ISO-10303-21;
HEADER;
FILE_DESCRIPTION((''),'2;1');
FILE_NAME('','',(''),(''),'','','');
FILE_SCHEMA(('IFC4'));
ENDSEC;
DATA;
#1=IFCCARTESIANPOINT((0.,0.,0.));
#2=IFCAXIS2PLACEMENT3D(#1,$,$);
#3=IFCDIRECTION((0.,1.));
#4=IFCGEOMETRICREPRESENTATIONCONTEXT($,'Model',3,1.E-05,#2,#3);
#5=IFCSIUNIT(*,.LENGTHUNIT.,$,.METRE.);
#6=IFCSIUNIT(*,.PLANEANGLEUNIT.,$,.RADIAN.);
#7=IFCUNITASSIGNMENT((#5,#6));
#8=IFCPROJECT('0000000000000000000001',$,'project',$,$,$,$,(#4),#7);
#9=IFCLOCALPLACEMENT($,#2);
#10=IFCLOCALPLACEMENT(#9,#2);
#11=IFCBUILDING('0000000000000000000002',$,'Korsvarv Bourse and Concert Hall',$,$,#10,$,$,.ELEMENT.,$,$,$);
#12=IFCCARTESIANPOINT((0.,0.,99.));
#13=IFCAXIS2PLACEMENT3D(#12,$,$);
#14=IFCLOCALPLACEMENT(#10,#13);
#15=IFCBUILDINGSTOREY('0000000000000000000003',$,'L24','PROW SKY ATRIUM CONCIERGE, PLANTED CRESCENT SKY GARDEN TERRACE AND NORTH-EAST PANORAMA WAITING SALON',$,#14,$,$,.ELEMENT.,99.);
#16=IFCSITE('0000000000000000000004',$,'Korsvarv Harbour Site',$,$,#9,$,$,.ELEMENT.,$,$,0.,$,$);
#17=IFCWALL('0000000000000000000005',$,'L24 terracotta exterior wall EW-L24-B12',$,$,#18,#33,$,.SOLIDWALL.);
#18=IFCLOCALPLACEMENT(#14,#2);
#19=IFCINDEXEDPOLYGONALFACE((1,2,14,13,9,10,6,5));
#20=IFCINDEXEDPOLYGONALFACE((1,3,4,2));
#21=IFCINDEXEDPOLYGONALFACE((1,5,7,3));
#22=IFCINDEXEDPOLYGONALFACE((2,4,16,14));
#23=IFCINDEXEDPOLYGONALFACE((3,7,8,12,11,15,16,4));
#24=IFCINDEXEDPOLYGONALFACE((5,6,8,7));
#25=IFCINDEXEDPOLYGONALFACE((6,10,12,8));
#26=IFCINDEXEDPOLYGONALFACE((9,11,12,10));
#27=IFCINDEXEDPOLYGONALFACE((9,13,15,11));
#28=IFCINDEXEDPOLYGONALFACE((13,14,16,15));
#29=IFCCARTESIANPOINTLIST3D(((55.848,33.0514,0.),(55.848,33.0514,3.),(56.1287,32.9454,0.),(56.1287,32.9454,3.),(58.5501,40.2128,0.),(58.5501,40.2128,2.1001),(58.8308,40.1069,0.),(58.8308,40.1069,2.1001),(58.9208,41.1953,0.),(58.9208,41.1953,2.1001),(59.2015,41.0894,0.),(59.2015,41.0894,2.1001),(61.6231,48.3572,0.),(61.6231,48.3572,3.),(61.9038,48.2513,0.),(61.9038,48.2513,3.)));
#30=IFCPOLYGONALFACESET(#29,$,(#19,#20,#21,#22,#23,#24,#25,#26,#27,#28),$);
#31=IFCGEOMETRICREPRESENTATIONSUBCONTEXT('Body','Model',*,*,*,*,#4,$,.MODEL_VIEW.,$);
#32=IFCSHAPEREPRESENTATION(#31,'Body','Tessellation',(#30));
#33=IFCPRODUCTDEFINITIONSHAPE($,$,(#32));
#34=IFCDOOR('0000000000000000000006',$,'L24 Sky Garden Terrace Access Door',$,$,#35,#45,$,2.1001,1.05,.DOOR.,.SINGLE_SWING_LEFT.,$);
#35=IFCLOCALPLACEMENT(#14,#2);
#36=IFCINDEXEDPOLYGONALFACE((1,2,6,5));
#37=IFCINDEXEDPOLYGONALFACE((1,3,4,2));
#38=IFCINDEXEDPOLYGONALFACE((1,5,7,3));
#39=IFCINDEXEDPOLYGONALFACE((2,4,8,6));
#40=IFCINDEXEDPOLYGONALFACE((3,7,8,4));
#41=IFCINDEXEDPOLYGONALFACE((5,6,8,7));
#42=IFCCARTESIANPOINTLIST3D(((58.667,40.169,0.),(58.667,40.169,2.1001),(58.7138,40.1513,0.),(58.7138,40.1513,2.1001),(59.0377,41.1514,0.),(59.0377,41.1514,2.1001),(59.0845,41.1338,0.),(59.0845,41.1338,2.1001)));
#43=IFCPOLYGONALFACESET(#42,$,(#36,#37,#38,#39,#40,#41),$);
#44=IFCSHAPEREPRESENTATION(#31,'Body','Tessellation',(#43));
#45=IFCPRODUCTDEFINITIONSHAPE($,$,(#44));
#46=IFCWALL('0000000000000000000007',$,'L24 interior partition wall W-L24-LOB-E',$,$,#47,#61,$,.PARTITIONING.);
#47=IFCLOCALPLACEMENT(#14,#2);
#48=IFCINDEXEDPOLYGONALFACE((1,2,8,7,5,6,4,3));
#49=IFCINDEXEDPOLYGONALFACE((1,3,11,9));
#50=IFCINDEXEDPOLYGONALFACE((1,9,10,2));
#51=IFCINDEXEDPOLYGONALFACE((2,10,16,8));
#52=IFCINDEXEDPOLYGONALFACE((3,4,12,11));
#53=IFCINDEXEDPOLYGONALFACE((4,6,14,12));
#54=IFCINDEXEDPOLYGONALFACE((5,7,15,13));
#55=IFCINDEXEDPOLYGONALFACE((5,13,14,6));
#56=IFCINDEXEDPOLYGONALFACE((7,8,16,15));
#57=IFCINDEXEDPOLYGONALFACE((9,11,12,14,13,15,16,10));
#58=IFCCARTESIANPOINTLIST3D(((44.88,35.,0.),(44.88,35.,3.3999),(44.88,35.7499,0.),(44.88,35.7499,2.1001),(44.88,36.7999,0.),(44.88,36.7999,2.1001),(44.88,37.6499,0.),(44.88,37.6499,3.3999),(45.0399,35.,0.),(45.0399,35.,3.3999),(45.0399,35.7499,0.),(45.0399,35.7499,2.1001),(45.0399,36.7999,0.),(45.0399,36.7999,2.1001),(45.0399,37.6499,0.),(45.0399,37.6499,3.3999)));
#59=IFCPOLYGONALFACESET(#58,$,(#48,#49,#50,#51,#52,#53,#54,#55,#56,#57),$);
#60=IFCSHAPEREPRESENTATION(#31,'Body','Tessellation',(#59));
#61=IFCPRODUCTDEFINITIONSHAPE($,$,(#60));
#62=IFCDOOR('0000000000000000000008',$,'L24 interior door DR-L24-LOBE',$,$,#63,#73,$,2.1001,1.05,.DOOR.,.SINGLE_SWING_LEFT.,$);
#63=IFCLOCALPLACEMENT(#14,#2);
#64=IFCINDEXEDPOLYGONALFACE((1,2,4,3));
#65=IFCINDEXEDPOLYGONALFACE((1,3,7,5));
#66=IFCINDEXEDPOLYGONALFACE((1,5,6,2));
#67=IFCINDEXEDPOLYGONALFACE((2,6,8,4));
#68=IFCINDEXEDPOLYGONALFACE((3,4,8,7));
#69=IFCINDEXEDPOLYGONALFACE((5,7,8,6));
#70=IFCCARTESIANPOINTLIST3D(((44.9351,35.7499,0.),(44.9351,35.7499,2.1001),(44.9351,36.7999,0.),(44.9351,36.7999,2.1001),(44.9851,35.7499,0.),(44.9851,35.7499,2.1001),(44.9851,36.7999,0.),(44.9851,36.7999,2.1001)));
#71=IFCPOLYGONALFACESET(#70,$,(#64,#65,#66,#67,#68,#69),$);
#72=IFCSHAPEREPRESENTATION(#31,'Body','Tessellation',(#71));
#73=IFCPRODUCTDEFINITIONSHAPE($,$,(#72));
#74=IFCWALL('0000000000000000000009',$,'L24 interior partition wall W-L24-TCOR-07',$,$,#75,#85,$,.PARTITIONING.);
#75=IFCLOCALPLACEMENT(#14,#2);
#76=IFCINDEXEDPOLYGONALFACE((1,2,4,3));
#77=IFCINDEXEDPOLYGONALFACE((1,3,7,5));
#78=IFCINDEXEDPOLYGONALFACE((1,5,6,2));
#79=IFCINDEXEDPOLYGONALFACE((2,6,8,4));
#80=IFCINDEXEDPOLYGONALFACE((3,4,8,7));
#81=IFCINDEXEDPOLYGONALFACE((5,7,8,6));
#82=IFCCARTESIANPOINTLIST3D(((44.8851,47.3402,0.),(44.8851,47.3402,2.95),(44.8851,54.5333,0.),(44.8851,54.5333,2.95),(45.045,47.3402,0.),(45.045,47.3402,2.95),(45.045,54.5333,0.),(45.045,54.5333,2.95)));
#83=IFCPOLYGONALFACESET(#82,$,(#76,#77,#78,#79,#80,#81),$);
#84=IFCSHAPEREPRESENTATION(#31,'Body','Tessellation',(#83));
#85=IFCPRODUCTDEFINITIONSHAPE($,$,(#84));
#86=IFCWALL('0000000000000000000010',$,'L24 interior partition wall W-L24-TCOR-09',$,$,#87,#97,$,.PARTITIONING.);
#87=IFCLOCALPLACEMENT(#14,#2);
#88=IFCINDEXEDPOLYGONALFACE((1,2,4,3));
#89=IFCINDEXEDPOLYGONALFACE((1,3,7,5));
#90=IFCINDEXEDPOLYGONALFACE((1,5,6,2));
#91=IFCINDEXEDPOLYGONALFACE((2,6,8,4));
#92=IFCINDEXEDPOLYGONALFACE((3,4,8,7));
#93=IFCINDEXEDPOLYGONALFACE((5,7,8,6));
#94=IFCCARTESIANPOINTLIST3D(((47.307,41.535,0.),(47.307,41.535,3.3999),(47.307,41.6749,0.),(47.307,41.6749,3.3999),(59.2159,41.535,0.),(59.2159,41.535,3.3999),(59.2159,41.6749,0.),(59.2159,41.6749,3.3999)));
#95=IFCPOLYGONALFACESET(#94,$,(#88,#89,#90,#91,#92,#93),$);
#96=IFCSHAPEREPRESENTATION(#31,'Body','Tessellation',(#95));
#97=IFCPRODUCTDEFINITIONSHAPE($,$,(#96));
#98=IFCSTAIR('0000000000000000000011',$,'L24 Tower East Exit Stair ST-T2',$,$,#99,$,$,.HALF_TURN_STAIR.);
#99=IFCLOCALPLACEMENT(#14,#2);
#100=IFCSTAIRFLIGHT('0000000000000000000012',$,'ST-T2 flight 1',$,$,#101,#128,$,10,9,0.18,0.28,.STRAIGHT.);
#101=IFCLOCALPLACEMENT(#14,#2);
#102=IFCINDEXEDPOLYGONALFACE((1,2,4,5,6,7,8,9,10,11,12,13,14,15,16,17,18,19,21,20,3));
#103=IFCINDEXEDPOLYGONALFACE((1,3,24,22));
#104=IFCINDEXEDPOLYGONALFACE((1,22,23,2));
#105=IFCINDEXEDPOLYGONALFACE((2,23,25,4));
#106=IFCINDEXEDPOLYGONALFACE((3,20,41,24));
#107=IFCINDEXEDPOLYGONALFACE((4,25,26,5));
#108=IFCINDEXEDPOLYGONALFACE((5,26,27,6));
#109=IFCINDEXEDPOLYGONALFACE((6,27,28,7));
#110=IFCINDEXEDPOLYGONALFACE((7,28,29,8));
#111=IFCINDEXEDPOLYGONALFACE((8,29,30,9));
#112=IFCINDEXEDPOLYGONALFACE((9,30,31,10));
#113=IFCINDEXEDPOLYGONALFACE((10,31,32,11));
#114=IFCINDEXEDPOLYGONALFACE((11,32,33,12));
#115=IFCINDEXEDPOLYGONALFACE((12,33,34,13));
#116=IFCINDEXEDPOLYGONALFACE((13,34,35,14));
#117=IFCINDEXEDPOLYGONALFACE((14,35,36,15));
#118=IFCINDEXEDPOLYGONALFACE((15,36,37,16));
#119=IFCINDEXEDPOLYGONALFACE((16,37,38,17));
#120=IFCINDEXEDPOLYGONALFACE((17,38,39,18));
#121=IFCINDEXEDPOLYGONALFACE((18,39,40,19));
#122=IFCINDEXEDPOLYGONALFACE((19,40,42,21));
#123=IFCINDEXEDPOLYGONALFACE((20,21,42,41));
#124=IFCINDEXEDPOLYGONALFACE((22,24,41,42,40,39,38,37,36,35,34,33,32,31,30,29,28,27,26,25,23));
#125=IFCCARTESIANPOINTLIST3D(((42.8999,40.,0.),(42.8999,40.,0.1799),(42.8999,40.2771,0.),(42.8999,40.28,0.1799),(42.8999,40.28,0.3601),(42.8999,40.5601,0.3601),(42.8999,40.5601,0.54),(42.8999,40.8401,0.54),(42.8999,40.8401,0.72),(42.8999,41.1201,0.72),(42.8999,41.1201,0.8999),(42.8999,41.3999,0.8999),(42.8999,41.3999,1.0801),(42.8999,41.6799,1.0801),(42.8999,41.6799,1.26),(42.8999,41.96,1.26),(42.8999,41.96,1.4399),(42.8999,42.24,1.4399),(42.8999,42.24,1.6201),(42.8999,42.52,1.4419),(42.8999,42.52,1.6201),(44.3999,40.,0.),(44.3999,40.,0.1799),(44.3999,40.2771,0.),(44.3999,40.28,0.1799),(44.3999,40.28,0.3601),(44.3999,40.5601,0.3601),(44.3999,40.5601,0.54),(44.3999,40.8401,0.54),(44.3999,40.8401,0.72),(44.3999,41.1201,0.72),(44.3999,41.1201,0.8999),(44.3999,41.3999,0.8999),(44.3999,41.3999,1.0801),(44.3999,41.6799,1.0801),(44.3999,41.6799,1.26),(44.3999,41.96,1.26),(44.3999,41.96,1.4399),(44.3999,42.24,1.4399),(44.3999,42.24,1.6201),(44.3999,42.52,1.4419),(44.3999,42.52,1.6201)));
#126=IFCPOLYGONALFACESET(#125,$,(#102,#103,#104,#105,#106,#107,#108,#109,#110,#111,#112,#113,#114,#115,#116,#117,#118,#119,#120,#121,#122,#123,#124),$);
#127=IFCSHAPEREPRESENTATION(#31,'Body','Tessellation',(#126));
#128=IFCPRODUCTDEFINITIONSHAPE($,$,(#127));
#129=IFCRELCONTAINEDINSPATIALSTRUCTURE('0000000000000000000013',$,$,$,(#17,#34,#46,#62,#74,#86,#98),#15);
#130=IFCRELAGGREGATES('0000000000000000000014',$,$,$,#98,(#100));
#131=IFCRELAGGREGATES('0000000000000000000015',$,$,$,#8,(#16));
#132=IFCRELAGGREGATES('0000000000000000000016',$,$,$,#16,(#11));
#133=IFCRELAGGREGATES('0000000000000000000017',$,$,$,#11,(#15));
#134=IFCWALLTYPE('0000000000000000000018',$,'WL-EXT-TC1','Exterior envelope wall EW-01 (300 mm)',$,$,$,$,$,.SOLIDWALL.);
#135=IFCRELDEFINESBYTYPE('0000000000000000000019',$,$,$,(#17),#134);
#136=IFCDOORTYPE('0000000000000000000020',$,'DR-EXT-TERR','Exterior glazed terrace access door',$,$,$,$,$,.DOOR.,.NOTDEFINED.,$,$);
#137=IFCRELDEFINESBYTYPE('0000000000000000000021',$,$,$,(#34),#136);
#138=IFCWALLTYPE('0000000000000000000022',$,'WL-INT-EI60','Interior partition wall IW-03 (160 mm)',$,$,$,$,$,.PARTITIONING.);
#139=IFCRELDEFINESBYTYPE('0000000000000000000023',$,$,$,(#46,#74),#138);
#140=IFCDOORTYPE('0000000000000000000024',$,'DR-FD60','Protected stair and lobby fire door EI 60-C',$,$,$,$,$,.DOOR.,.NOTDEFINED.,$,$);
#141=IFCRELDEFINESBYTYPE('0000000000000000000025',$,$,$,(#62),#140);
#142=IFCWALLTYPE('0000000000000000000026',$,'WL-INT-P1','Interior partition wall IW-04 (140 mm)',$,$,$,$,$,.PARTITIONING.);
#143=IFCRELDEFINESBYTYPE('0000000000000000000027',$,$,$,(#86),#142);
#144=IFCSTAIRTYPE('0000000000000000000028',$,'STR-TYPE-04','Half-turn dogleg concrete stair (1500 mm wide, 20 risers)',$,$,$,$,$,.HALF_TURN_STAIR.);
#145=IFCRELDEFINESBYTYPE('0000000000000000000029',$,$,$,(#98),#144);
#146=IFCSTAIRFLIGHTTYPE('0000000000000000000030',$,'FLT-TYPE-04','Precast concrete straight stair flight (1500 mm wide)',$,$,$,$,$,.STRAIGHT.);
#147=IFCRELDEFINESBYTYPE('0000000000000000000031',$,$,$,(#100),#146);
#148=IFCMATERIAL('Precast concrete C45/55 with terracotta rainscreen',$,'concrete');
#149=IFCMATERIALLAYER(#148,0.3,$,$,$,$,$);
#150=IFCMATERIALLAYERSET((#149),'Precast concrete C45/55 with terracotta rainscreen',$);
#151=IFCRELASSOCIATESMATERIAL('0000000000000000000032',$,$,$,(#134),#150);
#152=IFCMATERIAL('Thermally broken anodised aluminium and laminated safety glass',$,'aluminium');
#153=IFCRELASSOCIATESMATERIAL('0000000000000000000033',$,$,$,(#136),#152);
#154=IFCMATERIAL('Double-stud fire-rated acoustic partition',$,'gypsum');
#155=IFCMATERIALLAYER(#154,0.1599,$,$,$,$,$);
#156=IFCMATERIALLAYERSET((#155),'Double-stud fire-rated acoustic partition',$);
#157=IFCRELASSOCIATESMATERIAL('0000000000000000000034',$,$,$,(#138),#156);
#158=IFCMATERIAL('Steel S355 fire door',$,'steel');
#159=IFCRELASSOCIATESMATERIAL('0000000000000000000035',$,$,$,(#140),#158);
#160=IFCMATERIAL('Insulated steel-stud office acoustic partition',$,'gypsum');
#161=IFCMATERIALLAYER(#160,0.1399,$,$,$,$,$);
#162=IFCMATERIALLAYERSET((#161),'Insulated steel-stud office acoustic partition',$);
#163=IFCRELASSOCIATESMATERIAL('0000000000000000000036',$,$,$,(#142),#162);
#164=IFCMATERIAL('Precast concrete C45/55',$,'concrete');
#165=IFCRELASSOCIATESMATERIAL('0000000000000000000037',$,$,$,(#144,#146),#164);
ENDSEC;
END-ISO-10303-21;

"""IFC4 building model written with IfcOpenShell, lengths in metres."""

from ifc_helpers import new_model, si_unit, direction, frame, frame_2d, origin, place, context, subcontext, project, spatial, polyline, rectangle, outline, extrude, material, layer, layer_set, type_object, element, fill, aggregate, save


model = new_model("IFC4")

# Units and contexts
model_context = context("Model", 3, precision=1e-05, world=origin(), true_north=direction((0.0, 1.0)))
body_context = subcontext(model_context, "Body", "Model", "MODEL_VIEW")
ifc_project = project(units=[si_unit("LENGTHUNIT", "METRE"), si_unit("PLANEANGLEUNIT", "RADIAN")], contexts=[model_context])

# Site, building, storey
site_placement = place(None, origin())
site = spatial("IfcSite", under=ifc_project, at=site_placement, Name="Korsvarv Harbour Site", CompositionType="ELEMENT", RefElevation=0.0)
building_placement = place(site_placement, origin())
building = spatial("IfcBuilding", under=site, at=building_placement, Name="Korsvarv Bourse and Concert Hall", CompositionType="ELEMENT")
storey_placement = place(building_placement, frame((0.0, 0.0, 99.0)))
storey = spatial("IfcBuildingStorey", under=building, at=storey_placement, Name="L24", Description="PROW SKY ATRIUM CONCIERGE, PLANTED CRESCENT SKY GARDEN TERRACE AND NORTH-EAST PANORAMA WAITING SALON", CompositionType="ELEMENT", Elevation=99.0)

# Walls, openings, doors
ifc_material_1 = material(Name="Precast concrete C45/55 with terracotta rainscreen", Category="concrete")
ifc_layer_1 = layer(ifc_material_1, 0.3)
ifc_layer_set_1 = layer_set([ifc_layer_1], Name="Precast concrete C45/55 with terracotta rainscreen")
wall_type_1 = type_object("IfcWallType", Name="WL-EXT-TC1", Description="Exterior envelope wall EW-01 (300 mm)", PredefinedType="SOLIDWALL", material=ifc_layer_set_1)
wall_1_placement = place(storey_placement, frame((55.9883, 32.9983, 0.0), z_axis=(0.0, 0.0, 1.0), x_axis=(0.353022, 0.935615, 0.0)))
wall_1 = element("IfcWall", 1, at=wall_1_placement, inside=storey, type_object=wall_type_1, Name="L24 terracotta exterior wall EW-L24-B12", PredefinedType="SOLIDWALL", context=body_context, shape_type="SweptSolid", body=[
    extrude(rectangle(XDim=16.3591, YDim=0.3, at=frame_2d((8.1797, 0.0))), origin(), (0.0, 0.0, 1.0), 3.0),
])
opening_1_placement = place(wall_1_placement, frame((7.6545, 0.0, 0.0)))
opening_1 = element("IfcOpeningElement", 2, at=opening_1_placement, cuts=wall_1, PredefinedType="OPENING", context=body_context, shape_type="SweptSolid", body=[
    extrude(rectangle(XDim=1.05, YDim=2.1001, at=frame_2d((0.5249, 1.05))), frame((0.0, 0.1602, 0.0), z_axis=(0.0, -1.0, 0.0), x_axis=(1.0, 0.0, 0.0)), (0.0, 0.0, 1.0), 0.3201),
])
ifc_material_2 = material(Name="Thermally broken anodised aluminium and laminated safety glass", Category="aluminium")
door_type_1 = type_object("IfcDoorType", Name="DR-EXT-TERR", Description="Exterior glazed terrace access door", OperationType="NOTDEFINED", PredefinedType="DOOR", material=ifc_material_2)
door_1_placement = place(opening_1_placement, frame((1.05, 0.0, 0.0), z_axis=(0.0, 0.0, 1.0), x_axis=(-1.0, 0.0, 0.0)))
door_1 = element("IfcDoor", 3, at=door_1_placement, inside=storey, type_object=door_type_1, Name="L24 Sky Garden Terrace Access Door", OperationType="SINGLE_SWING_LEFT", OverallHeight=2.1001, OverallWidth=1.05, PredefinedType="DOOR", context=body_context, shape_type="SweptSolid", body=[
    extrude(rectangle(XDim=1.05, YDim=2.1001, at=frame_2d((0.5249, 1.05))), frame((0.0, 0.0249, 0.0), z_axis=(0.0, -1.0, 0.0), x_axis=(1.0, 0.0, 0.0)), (0.0, 0.0, 1.0), 0.05),
])
fill(opening_1, door_1)
ifc_material_3 = material(Name="Double-stud fire-rated acoustic partition", Category="gypsum")
ifc_layer_2 = layer(ifc_material_3, 0.1599)
ifc_layer_set_2 = layer_set([ifc_layer_2], Name="Double-stud fire-rated acoustic partition")
wall_type_2 = type_object("IfcWallType", Name="WL-INT-EI60", Description="Interior partition wall IW-03 (160 mm)", PredefinedType="PARTITIONING", material=ifc_layer_set_2)
wall_2_placement = place(storey_placement, frame((44.96, 35.0, 0.0), z_axis=(0.0, 0.0, 1.0), x_axis=(0.0, 1.0, 0.0)))
wall_2 = element("IfcWall", 4, at=wall_2_placement, inside=storey, type_object=wall_type_2, Name="L24 interior partition wall W-L24-LOB-E", PredefinedType="PARTITIONING", context=body_context, shape_type="SweptSolid", body=[
    extrude(rectangle(XDim=2.6499, YDim=0.1599, at=frame_2d((1.325, 0.0))), origin(), (0.0, 0.0, 1.0), 3.3999),
])
opening_2_placement = place(wall_2_placement, frame((0.75, 0.0, 0.0)))
opening_2 = element("IfcOpeningElement", 5, at=opening_2_placement, cuts=wall_2, PredefinedType="OPENING", context=body_context, shape_type="SweptSolid", body=[
    extrude(rectangle(XDim=1.05, YDim=2.1001, at=frame_2d((0.5249, 1.05))), frame((0.0, 0.0898, 0.0), z_axis=(0.0, -1.0, 0.0), x_axis=(1.0, 0.0, 0.0)), (0.0, 0.0, 1.0), 0.1799),
])
ifc_material_4 = material(Name="Steel S355 fire door", Category="steel")
door_type_2 = type_object("IfcDoorType", Name="DR-FD60", Description="Protected stair and lobby fire door EI 60-C", OperationType="NOTDEFINED", PredefinedType="DOOR", material=ifc_material_4)
door_2_placement = place(opening_2_placement, origin())
door_2 = element("IfcDoor", 6, at=door_2_placement, inside=storey, type_object=door_type_2, Name="L24 interior door DR-L24-LOBE", OperationType="SINGLE_SWING_LEFT", OverallHeight=2.1001, OverallWidth=1.05, PredefinedType="DOOR", context=body_context, shape_type="SweptSolid", body=[
    extrude(rectangle(XDim=1.05, YDim=2.1001, at=frame_2d((0.5249, 1.05))), frame((0.0, 0.0249, 0.0), z_axis=(0.0, -1.0, 0.0), x_axis=(1.0, 0.0, 0.0)), (0.0, 0.0, 1.0), 0.05),
])
fill(opening_2, door_2)

# Walls
wall_3_placement = place(storey_placement, frame((44.9651, 47.3401, 0.0), z_axis=(0.0, 0.0, 1.0), x_axis=(0.0, 1.0, 0.0)))
element("IfcWall", 7, at=wall_3_placement, inside=storey, type_object=wall_type_2, Name="L24 interior partition wall W-L24-TCOR-07", PredefinedType="PARTITIONING", context=body_context, shape_type="SweptSolid", body=[
    extrude(rectangle(XDim=7.1931, YDim=0.1599, at=frame_2d((3.5967, 0.0))), origin(), (0.0, 0.0, 1.0), 2.95),
])
ifc_material_5 = material(Name="Insulated steel-stud office acoustic partition", Category="gypsum")
ifc_layer_3 = layer(ifc_material_5, 0.1399)
ifc_layer_set_3 = layer_set([ifc_layer_3], Name="Insulated steel-stud office acoustic partition")
wall_type_3 = type_object("IfcWallType", Name="WL-INT-P1", Description="Interior partition wall IW-04 (140 mm)", PredefinedType="PARTITIONING", material=ifc_layer_set_3)
wall_4_placement = place(storey_placement, frame((47.3069, 41.605, 0.0), z_axis=(0.0, 0.0, 1.0), x_axis=(1.0, 0.0, 0.0)))
element("IfcWall", 8, at=wall_4_placement, inside=storey, type_object=wall_type_3, Name="L24 interior partition wall W-L24-TCOR-09", PredefinedType="PARTITIONING", context=body_context, shape_type="SweptSolid", body=[
    extrude(rectangle(XDim=11.9089, YDim=0.1399, at=frame_2d((5.9546, 0.0))), origin(), (0.0, 0.0, 1.0), 3.3999),
])

# Stair, stair flight
ifc_material_6 = material(Name="Precast concrete C45/55", Category="concrete")
stair_type = type_object("IfcStairType", Name="STR-TYPE-04", Description="Half-turn dogleg concrete stair (1500 mm wide, 20 risers)", PredefinedType="HALF_TURN_STAIR", material=ifc_material_6)
stair_placement = place(storey_placement, origin())
stair = element("IfcStair", 9, at=stair_placement, inside=storey, type_object=stair_type, Name="L24 Tower East Exit Stair ST-T2", PredefinedType="HALF_TURN_STAIR")
stair_flight_type = type_object("IfcStairFlightType", Name="FLT-TYPE-04", Description="Precast concrete straight stair flight (1500 mm wide)", PredefinedType="STRAIGHT", material=ifc_material_6)
stair_flight_placement = place(storey_placement, frame((43.6499, 40.0, 0.0), z_axis=(0.0, 0.0, 1.0), x_axis=(0.0, 1.0, 0.0)))
stair_flight = element("IfcStairFlight", 10, at=stair_flight_placement, type_object=stair_flight_type, Name="ST-T2 flight 1", NumberOfRisers=10, NumberOfTreads=9, PredefinedType="STRAIGHT", RiserHeight=0.18, TreadLength=0.28, context=body_context, shape_type="SweptSolid", body=[
    extrude(outline(polyline([(0.0, 0.0), (0.0, 0.1799), (0.28, 0.1799), (0.28, 0.3601), (0.5601, 0.3601), (0.5601, 0.54), (0.8401, 0.54), (0.8401, 0.72), (1.1201, 0.72), (1.1201, 0.8999), (1.3999, 0.8999), (1.3999, 1.0801), (1.6799, 1.0801), (1.6799, 1.26), (1.96, 1.26), (1.96, 1.4399), (2.24, 1.4399), (2.24, 1.6201), (2.52, 1.6201), (2.52, 1.8), (2.52, 1.4419), (0.2771, 0.0), (0.0, 0.0)])), frame((0.0, 0.75, 0.0), z_axis=(0.0, -1.0, 0.0), x_axis=(1.0, 0.0, 0.0)), (0.0, 0.0, 1.0), 1.5),
])
aggregate(stair, [stair_flight])

save(model, "model.ifc")
